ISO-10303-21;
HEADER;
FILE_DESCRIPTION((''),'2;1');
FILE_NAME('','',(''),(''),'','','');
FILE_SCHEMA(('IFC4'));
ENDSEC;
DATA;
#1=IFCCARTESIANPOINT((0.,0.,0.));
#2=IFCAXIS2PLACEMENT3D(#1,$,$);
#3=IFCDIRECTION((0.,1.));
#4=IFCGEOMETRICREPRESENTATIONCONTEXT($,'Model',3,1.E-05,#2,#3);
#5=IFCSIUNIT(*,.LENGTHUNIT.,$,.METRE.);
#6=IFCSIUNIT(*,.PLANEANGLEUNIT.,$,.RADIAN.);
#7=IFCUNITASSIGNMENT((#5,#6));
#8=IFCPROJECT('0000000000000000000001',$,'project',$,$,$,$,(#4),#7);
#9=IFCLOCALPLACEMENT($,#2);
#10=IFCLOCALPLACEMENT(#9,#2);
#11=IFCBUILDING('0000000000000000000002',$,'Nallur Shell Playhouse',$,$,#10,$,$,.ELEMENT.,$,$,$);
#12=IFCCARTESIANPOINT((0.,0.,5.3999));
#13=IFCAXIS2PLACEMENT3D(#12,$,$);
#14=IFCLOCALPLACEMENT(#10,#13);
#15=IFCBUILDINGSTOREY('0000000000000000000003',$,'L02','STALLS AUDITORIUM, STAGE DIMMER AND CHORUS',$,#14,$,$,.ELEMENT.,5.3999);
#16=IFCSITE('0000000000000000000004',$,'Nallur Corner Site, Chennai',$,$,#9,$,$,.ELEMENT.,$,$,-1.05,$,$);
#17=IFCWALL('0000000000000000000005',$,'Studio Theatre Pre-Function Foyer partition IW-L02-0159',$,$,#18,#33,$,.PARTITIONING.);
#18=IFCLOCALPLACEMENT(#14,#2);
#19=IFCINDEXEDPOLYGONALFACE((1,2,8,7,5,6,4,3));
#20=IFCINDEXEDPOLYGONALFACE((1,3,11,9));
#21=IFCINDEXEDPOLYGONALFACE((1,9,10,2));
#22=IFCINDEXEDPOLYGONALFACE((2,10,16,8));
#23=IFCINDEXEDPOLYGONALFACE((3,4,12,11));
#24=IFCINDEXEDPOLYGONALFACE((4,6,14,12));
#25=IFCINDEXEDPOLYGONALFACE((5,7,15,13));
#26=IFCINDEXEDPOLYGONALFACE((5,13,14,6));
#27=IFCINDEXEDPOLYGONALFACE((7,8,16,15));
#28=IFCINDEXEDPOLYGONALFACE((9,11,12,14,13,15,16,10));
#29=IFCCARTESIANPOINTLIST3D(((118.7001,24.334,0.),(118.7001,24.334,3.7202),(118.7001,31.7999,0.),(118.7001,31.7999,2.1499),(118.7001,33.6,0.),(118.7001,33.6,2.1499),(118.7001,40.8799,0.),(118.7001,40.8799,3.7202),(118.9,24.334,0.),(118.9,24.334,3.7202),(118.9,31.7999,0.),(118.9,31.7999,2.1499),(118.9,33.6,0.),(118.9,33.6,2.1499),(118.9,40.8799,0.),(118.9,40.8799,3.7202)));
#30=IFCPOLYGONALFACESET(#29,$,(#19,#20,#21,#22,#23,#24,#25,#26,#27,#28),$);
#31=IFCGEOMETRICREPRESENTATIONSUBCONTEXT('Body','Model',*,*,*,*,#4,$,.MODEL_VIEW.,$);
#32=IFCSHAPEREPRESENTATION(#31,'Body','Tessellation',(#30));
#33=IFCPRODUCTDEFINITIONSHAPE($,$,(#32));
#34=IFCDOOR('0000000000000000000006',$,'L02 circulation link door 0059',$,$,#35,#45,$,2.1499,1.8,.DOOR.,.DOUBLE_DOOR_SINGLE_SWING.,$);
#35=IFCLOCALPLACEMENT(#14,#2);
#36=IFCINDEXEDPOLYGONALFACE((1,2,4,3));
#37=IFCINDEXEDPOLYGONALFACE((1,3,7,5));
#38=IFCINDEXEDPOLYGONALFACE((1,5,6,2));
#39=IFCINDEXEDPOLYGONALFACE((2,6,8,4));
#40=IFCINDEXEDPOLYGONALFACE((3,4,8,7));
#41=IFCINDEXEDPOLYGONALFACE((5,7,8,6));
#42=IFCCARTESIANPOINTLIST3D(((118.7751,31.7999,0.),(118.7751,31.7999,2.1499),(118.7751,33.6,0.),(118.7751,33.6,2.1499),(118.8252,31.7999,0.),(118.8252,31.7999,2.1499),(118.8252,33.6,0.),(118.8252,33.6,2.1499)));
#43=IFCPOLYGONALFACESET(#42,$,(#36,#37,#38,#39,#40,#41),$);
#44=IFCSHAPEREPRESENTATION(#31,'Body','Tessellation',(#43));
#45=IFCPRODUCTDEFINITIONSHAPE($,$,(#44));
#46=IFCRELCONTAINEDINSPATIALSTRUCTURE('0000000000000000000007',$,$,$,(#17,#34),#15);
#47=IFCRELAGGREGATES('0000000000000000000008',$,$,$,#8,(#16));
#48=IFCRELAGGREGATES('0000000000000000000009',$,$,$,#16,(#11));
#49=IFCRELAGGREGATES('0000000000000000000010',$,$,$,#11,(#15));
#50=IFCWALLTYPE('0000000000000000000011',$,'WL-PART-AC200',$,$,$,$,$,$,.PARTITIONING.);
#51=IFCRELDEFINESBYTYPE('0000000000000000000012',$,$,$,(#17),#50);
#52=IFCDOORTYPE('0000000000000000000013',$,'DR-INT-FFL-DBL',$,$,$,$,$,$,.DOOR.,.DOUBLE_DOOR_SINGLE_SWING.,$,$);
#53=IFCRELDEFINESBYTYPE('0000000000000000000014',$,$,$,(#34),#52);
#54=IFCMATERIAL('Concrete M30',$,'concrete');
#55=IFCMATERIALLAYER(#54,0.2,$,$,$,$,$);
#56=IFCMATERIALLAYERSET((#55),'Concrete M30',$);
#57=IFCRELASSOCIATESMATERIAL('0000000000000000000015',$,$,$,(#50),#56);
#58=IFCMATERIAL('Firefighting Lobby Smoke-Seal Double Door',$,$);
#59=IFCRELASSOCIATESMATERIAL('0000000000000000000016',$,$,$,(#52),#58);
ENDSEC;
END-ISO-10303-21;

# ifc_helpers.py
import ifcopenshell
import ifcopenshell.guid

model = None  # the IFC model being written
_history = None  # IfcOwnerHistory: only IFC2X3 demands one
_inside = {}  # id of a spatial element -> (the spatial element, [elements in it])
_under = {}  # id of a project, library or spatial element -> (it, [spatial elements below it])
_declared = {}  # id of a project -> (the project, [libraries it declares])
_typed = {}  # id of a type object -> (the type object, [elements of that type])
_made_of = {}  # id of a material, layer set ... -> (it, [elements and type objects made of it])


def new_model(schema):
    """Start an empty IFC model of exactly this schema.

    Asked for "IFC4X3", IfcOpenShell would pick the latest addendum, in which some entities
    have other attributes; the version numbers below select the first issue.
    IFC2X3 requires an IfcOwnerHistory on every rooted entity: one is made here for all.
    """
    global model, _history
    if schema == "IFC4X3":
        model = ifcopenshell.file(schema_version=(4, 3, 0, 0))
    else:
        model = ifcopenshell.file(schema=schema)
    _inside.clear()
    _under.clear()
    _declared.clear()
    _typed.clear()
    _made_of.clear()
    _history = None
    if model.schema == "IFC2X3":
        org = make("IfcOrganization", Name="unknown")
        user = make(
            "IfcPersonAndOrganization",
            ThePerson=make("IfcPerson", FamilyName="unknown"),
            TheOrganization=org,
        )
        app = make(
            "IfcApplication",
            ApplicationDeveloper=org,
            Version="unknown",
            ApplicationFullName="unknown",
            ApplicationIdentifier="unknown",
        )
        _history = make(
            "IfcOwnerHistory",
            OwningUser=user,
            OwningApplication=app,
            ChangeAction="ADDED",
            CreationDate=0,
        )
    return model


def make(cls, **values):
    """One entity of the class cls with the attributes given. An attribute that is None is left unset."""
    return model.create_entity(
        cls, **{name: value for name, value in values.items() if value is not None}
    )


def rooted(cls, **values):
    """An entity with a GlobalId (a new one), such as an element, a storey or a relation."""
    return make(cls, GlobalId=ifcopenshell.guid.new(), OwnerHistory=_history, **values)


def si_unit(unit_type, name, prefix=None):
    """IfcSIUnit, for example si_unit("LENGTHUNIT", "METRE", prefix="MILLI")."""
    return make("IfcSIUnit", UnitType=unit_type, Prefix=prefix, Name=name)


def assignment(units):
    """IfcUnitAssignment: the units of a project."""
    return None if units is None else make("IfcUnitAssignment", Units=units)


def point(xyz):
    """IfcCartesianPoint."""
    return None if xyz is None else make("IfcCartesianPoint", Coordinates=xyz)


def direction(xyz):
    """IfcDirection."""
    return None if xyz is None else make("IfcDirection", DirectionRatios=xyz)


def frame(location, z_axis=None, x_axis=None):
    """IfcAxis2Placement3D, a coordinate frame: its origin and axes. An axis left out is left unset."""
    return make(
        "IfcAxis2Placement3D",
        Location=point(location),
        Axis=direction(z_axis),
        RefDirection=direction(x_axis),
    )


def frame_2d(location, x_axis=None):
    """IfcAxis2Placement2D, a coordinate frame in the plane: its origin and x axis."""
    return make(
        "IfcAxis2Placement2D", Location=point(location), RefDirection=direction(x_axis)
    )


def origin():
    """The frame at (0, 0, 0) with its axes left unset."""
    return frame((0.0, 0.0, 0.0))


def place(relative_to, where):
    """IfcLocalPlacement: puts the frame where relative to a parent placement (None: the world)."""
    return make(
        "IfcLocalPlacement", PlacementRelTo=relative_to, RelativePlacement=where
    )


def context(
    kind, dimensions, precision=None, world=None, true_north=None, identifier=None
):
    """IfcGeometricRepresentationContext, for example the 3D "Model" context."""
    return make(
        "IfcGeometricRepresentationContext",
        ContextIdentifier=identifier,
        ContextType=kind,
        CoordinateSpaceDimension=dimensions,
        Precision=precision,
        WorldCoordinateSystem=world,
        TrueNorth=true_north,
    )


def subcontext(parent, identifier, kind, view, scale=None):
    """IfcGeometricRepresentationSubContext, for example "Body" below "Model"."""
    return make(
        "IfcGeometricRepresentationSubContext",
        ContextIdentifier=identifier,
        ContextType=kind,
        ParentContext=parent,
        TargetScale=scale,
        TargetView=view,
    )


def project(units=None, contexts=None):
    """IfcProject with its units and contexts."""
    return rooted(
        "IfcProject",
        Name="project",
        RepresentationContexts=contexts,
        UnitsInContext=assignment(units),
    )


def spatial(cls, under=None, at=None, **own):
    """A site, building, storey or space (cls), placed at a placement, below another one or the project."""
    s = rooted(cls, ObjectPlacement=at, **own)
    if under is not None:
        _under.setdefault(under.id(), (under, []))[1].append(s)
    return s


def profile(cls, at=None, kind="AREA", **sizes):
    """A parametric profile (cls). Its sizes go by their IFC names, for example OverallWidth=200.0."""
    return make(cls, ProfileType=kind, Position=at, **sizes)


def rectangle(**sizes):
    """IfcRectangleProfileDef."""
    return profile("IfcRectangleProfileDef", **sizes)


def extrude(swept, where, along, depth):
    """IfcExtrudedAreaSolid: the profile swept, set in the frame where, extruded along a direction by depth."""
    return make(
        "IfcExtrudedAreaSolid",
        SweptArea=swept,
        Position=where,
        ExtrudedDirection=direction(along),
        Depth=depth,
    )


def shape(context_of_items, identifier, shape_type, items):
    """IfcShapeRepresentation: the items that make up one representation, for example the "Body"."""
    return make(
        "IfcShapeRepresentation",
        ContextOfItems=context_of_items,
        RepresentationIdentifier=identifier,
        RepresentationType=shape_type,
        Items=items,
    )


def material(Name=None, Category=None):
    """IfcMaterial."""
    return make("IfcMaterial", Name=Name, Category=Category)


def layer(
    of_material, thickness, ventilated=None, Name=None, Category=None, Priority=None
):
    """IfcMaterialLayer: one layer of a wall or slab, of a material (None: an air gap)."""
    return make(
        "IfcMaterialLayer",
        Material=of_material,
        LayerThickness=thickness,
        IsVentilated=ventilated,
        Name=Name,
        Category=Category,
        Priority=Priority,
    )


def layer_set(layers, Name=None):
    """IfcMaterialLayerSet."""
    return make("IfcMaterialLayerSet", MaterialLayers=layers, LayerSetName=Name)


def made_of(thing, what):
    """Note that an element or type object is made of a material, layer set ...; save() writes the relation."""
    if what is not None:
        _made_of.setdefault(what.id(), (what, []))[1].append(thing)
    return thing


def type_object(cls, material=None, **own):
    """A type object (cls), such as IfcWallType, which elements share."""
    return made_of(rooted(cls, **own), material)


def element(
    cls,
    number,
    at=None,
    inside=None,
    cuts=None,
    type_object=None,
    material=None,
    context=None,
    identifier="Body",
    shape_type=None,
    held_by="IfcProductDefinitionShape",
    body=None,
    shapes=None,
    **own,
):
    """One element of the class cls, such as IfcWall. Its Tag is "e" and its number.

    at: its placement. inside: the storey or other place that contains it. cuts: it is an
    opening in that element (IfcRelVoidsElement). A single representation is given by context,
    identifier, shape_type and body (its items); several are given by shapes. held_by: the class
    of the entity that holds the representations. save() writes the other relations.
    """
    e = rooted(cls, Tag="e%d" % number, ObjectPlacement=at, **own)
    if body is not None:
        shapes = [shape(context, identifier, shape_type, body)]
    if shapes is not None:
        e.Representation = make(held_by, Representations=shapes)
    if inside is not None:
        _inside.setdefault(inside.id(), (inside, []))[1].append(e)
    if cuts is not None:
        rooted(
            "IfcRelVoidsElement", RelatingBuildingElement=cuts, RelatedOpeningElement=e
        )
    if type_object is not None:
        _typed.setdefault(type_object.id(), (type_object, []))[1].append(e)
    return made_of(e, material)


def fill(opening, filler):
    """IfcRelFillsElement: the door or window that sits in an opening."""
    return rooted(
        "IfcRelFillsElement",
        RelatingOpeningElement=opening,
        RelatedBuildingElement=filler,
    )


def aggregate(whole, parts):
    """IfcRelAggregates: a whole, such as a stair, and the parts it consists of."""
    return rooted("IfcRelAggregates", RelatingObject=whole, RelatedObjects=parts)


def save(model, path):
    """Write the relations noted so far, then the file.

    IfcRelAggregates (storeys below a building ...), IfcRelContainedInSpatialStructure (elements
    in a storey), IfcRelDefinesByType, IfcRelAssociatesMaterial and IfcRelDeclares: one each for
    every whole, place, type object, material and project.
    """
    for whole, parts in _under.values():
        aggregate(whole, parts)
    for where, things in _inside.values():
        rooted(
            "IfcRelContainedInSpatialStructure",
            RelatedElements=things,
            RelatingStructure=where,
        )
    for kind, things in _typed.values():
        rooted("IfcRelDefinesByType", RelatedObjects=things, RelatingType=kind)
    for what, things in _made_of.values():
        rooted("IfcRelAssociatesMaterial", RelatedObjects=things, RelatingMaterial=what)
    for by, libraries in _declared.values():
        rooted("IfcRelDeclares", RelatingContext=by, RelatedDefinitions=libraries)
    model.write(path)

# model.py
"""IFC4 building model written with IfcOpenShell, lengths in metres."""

from ifc_helpers import new_model, si_unit, direction, frame, frame_2d, origin, place, context, subcontext, project, spatial, rectangle, extrude, material, layer, layer_set, type_object, element, fill, save


model = new_model("IFC4")

# Units and contexts
model_context = context("Model", 3, precision=1e-05, world=origin(), true_north=direction((0.0, 1.0)))
body_context = subcontext(model_context, "Body", "Model", "MODEL_VIEW")
ifc_project = project(units=[si_unit("LENGTHUNIT", "METRE"), si_unit("PLANEANGLEUNIT", "RADIAN")], contexts=[model_context])

# Site, building, storey
site_placement = place(None, origin())
site = spatial("IfcSite", under=ifc_project, at=site_placement, Name="Nallur Corner Site, Chennai", CompositionType="ELEMENT", RefElevation=-1.05)
building_placement = place(site_placement, origin())
building = spatial("IfcBuilding", under=site, at=building_placement, Name="Nallur Shell Playhouse", CompositionType="ELEMENT")
storey_placement = place(building_placement, frame((0.0, 0.0, 5.3999)))
storey = spatial("IfcBuildingStorey", under=building, at=storey_placement, Name="L02", Description="STALLS AUDITORIUM, STAGE DIMMER AND CHORUS", CompositionType="ELEMENT", Elevation=5.3999)

# Wall, opening, door
ifc_material_1 = material(Name="Concrete M30", Category="concrete")
ifc_layer_1 = layer(ifc_material_1, 0.2)
ifc_layer_set_1 = layer_set([ifc_layer_1], Name="Concrete M30")
wall_type_1 = type_object("IfcWallType", Name="WL-PART-AC200", PredefinedType="PARTITIONING", material=ifc_layer_set_1)
ifc_material_2 = material(Name="Firefighting Lobby Smoke-Seal Double Door")
door_type = type_object("IfcDoorType", Name="DR-INT-FFL-DBL", OperationType="DOUBLE_DOOR_SINGLE_SWING", PredefinedType="DOOR", material=ifc_material_2)
wall_1_placement = place(storey_placement, frame((118.8, 24.334, 0.0), z_axis=(0.0, 0.0, 1.0), x_axis=(0.0, 1.0, 0.0)))
wall_1 = element("IfcWall", 1, at=wall_1_placement, inside=storey, type_object=wall_type_1, Name="Studio Theatre Pre-Function Foyer partition IW-L02-0159", PredefinedType="PARTITIONING", context=body_context, shape_type="SweptSolid", body=[
    extrude(rectangle(XDim=16.5459, YDim=0.2, at=frame_2d((8.2729, 0.0))), origin(), (0.0, 0.0, 1.0), 3.7202),
])
opening_1_placement = place(wall_1_placement, frame((7.4661, 0.0, 0.0)))
opening_1 = element("IfcOpeningElement", 2, at=opening_1_placement, cuts=wall_1, PredefinedType="OPENING", context=body_context, shape_type="SweptSolid", body=[
    extrude(rectangle(XDim=1.8, YDim=2.1499, at=frame_2d((0.8999, 1.075))), frame((0.0, 0.1099, 0.0), z_axis=(0.0, -1.0, 0.0), x_axis=(1.0, 0.0, 0.0)), (0.0, 0.0, 1.0), 0.22),
])
door_1_placement = place(opening_1_placement, origin())
door_1 = element("IfcDoor", 3, at=door_1_placement, inside=storey, type_object=door_type, Name="L02 circulation link door 0059", OperationType="DOUBLE_DOOR_SINGLE_SWING", OverallHeight=2.1499, OverallWidth=1.8, PredefinedType="DOOR", context=body_context, shape_type="SweptSolid", body=[
    extrude(rectangle(XDim=1.8, YDim=2.1499, at=frame_2d((0.8999, 1.075))), frame((0.0, 0.0249, 0.0), z_axis=(0.0, -1.0, 0.0), x_axis=(1.0, 0.0, 0.0)), (0.0, 0.0, 1.0), 0.05),
])
fill(opening_1, door_1)

save(model, "model.ifc")
